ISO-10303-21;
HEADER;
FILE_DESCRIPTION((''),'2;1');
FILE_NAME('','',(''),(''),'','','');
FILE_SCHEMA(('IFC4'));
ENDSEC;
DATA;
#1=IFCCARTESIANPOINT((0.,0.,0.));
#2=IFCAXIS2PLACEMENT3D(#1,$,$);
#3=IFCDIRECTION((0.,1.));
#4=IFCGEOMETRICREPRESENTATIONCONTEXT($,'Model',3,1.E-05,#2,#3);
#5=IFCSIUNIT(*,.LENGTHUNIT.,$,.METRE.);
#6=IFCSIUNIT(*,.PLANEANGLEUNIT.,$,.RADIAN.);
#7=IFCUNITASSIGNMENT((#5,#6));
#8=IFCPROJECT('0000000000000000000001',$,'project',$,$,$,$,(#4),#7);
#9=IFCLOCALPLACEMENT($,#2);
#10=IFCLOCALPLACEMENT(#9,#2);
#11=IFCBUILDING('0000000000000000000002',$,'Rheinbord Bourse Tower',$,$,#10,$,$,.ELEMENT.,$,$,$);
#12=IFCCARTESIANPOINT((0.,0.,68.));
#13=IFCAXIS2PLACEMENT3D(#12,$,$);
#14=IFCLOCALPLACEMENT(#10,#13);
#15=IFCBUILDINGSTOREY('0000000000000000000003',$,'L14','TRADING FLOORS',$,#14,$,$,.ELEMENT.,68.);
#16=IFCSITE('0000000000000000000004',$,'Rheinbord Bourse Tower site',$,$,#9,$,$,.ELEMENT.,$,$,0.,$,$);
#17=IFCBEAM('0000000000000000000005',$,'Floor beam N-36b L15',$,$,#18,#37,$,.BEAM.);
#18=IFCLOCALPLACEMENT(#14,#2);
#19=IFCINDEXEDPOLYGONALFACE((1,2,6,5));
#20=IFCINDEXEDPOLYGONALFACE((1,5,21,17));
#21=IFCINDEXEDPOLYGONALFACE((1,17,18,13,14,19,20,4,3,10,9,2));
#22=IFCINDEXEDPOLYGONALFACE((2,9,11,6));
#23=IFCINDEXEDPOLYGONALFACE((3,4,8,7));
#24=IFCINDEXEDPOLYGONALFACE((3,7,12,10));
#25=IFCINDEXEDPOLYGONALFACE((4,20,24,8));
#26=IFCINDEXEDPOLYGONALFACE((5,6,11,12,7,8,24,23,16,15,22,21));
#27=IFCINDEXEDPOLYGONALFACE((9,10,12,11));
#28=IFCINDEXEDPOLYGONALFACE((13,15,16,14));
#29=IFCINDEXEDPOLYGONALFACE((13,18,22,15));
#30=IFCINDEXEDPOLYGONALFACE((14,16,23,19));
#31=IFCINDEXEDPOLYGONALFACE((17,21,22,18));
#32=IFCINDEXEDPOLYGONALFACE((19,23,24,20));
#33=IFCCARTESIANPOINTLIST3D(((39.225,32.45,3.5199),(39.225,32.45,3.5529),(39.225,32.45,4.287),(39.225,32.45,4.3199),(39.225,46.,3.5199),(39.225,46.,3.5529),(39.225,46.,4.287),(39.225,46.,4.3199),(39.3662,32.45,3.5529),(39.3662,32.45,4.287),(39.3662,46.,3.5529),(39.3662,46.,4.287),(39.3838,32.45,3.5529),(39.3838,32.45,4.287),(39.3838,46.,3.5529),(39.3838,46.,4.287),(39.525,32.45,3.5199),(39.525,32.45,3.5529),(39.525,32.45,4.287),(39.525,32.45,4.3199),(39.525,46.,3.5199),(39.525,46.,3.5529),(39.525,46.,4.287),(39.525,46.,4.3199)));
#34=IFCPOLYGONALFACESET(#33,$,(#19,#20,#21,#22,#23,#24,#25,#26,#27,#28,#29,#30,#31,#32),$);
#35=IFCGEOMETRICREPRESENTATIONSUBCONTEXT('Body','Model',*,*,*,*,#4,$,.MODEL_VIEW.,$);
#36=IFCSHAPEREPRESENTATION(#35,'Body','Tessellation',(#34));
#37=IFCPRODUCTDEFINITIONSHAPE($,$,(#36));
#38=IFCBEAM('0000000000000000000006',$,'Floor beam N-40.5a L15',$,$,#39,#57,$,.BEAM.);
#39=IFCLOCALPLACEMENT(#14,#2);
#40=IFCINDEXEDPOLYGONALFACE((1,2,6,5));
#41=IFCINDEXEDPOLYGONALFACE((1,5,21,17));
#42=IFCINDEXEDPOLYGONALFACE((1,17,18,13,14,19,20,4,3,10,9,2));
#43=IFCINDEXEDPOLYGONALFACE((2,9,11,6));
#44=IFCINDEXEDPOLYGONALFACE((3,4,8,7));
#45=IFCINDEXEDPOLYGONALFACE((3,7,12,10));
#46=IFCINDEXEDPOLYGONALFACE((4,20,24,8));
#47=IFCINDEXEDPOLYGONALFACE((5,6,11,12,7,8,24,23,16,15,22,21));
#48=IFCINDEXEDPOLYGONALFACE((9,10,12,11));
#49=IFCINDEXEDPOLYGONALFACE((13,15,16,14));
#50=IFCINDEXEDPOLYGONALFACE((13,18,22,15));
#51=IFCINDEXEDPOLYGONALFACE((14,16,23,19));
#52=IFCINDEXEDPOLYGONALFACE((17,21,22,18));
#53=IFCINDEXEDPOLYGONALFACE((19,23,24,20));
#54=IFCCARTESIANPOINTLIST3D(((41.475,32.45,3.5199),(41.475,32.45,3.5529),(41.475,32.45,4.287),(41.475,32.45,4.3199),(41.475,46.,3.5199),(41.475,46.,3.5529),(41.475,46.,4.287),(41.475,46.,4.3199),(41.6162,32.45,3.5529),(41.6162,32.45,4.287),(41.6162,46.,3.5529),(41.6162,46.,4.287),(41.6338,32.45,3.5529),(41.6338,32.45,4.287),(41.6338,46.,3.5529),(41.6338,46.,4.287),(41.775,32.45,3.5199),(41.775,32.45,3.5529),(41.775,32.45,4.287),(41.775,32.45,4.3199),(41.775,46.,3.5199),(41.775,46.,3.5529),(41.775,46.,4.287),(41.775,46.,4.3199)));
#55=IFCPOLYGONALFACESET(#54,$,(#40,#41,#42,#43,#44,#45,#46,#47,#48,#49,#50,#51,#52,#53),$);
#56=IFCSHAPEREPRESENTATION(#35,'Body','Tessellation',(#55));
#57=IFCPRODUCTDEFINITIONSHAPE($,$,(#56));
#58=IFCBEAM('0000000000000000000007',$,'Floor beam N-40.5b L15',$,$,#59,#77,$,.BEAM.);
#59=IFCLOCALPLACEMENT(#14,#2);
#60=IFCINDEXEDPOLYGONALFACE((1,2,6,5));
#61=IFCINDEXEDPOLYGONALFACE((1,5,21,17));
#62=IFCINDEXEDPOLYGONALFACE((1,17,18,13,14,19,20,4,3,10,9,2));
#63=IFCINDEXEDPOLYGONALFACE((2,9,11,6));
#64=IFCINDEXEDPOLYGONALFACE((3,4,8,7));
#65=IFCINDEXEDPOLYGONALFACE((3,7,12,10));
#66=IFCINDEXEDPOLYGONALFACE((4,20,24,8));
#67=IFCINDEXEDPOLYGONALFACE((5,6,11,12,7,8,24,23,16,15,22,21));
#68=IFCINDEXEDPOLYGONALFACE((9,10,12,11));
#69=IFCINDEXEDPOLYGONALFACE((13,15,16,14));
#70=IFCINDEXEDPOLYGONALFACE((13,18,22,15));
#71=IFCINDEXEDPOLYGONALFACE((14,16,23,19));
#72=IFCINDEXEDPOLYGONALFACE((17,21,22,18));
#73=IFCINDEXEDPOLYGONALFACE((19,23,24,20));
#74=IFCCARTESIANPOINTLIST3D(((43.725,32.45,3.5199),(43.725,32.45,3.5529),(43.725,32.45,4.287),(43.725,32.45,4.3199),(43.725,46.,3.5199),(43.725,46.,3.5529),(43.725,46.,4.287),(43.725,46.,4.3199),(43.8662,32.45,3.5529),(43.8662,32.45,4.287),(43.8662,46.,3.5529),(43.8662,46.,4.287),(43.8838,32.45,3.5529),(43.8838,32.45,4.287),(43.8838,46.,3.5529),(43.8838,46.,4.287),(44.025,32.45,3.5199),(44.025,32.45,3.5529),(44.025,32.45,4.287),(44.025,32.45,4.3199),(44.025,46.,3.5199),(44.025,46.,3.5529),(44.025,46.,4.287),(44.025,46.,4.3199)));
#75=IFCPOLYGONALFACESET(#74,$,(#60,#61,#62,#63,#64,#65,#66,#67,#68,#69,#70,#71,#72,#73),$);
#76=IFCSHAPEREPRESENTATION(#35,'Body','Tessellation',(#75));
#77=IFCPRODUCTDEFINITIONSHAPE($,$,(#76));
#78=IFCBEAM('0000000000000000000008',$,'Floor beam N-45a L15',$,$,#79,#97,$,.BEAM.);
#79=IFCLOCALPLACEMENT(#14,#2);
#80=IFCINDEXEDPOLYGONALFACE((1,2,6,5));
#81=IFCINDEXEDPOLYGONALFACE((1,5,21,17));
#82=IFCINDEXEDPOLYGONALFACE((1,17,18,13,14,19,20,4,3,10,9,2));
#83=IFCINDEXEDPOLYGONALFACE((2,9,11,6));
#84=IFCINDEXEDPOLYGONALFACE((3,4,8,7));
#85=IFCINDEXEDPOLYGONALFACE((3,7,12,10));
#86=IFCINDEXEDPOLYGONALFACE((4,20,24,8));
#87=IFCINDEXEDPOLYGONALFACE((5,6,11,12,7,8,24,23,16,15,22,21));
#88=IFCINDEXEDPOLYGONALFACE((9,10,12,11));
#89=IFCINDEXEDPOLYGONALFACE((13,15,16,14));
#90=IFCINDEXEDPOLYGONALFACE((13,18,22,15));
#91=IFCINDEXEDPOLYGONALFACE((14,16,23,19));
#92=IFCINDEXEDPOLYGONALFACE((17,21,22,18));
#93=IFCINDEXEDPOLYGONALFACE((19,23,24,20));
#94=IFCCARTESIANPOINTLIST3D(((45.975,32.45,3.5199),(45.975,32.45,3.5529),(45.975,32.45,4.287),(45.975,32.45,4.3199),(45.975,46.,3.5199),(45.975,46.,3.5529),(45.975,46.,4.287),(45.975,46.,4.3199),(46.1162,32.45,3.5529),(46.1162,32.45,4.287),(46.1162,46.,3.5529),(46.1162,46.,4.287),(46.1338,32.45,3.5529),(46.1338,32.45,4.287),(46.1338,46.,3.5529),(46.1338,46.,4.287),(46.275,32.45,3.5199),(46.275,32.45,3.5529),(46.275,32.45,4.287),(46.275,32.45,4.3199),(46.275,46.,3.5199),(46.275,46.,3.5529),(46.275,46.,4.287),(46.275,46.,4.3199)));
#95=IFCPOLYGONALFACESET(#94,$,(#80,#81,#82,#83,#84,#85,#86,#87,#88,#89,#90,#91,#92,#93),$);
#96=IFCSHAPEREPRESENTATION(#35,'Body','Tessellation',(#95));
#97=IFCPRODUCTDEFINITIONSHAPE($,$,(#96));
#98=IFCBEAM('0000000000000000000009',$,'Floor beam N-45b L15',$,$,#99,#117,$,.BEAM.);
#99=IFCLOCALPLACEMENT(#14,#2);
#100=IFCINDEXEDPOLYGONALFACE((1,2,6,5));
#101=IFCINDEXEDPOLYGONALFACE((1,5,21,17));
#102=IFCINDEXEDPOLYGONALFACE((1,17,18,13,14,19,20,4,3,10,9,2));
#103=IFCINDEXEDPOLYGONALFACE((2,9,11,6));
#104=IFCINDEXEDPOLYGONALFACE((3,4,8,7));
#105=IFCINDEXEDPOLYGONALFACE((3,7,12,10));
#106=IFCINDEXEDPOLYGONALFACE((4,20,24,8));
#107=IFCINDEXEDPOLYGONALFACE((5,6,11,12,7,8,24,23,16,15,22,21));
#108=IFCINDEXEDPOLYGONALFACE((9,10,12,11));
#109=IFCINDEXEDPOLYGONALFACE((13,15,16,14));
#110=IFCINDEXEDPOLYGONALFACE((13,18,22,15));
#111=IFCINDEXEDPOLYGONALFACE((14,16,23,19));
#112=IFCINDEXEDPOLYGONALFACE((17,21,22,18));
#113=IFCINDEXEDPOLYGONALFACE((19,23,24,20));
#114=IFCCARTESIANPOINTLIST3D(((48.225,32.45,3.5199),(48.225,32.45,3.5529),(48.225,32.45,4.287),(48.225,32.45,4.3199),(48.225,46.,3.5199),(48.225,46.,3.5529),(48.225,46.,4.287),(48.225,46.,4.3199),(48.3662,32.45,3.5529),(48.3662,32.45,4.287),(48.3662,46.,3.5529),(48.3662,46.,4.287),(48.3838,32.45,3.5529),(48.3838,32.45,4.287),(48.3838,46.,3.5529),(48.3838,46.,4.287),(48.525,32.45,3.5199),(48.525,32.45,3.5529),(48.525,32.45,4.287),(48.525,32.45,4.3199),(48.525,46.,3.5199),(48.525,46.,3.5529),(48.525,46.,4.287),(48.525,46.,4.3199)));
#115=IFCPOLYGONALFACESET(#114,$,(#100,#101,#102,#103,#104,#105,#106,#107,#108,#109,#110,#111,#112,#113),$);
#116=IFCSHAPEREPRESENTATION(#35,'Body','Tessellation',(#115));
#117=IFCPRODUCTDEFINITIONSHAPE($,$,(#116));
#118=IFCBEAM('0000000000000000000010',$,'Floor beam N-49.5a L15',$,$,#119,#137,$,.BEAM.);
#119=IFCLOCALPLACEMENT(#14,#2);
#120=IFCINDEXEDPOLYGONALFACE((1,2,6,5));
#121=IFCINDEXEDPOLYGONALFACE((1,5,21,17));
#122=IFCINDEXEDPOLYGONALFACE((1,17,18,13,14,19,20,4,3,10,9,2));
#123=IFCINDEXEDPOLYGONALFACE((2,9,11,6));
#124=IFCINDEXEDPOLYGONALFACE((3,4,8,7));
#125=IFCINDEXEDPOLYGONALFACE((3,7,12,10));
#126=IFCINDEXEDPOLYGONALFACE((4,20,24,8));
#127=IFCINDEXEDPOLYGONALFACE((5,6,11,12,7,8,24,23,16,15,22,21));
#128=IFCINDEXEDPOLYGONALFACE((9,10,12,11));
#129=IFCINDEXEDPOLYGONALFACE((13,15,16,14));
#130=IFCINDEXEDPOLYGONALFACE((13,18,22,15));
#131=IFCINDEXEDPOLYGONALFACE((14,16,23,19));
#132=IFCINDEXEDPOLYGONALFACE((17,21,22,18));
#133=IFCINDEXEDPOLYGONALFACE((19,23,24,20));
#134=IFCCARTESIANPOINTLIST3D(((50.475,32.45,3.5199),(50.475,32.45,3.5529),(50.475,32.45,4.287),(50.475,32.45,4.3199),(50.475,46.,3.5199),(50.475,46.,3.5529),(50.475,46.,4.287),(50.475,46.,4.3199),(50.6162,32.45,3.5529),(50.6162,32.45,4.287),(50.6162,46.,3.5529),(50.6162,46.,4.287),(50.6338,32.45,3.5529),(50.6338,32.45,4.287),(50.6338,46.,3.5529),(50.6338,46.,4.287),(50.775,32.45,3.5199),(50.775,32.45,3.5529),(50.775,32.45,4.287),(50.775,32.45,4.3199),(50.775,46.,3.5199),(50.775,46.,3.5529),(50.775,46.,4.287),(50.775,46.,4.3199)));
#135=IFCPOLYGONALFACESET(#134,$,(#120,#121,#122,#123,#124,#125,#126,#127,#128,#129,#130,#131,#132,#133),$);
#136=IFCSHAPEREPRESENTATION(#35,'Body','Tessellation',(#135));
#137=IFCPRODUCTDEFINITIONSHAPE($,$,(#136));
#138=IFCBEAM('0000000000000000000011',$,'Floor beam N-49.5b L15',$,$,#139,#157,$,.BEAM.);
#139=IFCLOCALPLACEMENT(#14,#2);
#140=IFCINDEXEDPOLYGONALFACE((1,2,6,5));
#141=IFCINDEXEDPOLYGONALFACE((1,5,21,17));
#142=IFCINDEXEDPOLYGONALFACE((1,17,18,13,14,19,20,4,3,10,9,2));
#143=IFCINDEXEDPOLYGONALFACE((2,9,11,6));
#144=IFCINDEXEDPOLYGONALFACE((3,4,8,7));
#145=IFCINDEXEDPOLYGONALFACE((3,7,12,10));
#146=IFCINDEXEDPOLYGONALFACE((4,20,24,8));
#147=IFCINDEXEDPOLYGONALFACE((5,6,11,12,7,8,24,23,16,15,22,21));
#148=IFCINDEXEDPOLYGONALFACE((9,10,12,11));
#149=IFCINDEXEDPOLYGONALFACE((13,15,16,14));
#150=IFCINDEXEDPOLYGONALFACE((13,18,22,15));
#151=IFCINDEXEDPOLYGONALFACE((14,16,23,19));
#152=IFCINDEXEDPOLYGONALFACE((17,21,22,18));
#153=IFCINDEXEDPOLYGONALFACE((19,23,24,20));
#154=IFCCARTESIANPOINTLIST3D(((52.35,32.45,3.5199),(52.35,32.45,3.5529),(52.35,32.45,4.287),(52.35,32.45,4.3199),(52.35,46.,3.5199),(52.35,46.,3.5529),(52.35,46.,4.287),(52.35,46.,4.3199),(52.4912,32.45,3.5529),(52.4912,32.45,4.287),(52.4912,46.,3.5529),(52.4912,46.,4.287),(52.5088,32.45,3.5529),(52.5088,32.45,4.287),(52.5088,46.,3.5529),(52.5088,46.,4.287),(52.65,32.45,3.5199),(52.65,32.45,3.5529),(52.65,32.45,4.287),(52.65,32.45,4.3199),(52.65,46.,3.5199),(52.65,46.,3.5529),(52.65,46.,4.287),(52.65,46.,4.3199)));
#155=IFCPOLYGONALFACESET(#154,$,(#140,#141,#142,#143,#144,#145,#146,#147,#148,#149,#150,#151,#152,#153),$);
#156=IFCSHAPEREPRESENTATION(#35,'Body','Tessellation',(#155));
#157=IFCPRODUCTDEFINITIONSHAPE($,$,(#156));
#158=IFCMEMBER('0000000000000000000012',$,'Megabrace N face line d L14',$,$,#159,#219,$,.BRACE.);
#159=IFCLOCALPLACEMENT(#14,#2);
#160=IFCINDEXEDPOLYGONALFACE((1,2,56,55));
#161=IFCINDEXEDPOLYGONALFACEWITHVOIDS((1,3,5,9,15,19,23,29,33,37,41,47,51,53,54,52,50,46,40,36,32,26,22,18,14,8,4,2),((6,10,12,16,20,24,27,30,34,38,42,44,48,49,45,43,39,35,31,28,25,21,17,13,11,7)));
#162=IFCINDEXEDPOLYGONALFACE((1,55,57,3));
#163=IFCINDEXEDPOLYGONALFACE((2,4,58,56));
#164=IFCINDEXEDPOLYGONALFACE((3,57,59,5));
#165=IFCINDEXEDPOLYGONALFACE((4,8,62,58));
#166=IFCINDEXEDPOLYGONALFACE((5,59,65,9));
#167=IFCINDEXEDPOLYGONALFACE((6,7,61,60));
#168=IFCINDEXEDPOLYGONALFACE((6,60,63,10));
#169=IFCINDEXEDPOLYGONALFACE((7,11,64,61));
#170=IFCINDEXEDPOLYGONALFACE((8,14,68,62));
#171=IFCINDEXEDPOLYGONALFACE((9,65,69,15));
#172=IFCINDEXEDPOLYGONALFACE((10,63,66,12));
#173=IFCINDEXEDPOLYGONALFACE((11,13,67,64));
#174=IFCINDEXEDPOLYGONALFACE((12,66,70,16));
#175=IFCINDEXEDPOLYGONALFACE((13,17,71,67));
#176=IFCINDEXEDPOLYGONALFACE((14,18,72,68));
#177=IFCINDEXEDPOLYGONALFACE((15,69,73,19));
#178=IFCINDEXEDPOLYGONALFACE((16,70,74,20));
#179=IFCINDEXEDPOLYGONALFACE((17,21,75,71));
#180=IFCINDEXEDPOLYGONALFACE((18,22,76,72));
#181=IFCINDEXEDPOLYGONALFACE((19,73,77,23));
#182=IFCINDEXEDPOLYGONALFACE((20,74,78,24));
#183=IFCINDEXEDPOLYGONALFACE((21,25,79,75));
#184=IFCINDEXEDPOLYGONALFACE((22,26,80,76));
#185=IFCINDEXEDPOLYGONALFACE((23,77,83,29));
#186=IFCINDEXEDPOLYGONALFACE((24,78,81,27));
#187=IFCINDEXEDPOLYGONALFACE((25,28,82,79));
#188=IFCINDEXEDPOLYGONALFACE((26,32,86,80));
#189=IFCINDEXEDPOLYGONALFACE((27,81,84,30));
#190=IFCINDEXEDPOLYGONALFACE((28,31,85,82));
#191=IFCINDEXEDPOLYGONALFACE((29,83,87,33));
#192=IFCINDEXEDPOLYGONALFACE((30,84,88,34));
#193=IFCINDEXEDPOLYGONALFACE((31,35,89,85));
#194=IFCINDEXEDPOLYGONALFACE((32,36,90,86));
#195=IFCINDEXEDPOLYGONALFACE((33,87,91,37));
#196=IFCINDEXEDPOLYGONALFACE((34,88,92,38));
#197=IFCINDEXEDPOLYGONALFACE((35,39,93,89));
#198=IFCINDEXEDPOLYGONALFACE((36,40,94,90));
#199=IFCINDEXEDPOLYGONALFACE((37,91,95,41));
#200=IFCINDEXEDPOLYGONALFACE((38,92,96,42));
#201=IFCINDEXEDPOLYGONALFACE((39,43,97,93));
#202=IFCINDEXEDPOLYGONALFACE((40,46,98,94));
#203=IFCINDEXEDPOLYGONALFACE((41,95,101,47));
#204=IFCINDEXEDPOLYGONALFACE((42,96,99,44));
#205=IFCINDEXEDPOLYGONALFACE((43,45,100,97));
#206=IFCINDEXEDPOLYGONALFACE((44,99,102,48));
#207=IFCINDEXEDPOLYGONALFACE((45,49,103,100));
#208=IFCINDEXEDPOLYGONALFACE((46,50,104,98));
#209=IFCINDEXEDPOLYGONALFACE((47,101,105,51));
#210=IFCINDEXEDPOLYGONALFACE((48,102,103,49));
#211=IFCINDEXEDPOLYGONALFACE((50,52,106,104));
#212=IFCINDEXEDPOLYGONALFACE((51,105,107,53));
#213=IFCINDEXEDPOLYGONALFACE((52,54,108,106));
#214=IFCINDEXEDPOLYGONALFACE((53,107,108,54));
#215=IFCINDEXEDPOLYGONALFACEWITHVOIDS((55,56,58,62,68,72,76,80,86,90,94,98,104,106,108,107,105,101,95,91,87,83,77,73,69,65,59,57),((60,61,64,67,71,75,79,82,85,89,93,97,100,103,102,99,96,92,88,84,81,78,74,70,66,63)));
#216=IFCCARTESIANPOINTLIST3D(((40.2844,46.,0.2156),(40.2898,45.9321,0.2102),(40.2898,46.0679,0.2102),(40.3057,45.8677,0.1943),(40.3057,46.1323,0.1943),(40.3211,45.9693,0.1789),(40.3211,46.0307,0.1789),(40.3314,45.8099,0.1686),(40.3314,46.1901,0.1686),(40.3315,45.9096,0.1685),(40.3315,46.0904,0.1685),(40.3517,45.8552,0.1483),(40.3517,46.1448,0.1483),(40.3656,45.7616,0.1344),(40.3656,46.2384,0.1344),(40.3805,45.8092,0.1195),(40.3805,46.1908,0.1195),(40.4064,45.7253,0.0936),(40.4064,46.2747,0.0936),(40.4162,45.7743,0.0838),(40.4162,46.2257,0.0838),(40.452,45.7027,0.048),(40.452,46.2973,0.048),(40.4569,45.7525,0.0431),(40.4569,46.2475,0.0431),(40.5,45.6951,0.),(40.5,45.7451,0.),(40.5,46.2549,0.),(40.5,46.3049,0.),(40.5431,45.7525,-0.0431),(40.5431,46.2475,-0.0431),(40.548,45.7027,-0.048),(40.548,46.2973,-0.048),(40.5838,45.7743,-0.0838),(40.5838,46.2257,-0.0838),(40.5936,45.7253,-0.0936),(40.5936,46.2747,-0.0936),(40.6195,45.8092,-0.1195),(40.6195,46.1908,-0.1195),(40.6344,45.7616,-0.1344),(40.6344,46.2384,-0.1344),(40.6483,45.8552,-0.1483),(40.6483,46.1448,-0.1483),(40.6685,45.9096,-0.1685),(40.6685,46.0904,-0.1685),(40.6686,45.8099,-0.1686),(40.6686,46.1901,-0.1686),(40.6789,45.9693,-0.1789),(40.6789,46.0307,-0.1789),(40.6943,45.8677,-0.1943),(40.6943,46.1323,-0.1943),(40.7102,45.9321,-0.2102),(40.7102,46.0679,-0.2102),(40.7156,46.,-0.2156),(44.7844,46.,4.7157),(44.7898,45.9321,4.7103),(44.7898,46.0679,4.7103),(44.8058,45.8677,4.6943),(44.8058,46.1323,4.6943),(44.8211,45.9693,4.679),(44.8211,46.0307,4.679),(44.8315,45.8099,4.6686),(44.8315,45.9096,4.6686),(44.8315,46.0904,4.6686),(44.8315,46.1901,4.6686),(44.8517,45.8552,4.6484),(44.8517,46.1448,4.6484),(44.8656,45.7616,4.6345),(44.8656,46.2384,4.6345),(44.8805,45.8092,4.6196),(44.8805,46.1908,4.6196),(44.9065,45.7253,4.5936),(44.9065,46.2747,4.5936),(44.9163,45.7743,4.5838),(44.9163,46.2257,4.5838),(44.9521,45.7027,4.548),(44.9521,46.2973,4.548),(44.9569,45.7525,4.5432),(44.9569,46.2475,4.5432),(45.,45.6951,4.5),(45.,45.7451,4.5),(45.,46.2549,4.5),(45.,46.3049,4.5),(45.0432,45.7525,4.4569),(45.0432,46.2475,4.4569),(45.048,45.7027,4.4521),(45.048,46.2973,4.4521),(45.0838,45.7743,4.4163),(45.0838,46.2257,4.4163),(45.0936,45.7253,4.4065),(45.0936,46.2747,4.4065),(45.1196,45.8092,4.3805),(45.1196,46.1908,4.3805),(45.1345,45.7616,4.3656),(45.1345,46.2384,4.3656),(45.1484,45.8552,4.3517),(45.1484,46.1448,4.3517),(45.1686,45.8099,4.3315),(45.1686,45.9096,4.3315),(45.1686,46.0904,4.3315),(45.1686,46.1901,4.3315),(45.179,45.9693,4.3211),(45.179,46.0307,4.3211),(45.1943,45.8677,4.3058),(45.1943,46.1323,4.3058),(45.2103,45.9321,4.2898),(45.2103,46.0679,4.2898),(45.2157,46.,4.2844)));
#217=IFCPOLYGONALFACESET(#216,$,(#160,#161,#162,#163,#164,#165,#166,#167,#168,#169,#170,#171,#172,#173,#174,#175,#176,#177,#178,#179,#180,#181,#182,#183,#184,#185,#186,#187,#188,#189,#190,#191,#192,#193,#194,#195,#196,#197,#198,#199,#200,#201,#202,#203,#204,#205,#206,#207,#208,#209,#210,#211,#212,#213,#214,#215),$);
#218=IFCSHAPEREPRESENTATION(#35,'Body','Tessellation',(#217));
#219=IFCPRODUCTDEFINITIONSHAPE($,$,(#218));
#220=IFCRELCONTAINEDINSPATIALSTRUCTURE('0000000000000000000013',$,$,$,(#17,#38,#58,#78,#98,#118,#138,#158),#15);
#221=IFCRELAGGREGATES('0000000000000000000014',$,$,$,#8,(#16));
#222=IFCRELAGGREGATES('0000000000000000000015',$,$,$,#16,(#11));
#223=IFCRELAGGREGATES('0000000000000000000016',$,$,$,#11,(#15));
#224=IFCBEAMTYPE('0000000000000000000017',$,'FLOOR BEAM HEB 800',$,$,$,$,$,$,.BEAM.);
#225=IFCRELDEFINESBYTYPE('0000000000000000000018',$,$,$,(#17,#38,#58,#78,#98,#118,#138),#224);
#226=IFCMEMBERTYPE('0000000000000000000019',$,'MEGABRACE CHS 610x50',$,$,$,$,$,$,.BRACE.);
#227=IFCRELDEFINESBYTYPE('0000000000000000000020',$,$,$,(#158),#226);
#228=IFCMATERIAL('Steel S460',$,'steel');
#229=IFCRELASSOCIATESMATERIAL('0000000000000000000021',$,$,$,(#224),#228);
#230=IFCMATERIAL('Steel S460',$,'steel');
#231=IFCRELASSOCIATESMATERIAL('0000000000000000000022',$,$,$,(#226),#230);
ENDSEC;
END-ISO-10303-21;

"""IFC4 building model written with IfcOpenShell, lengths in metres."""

from ifc_helpers import new_model, si_unit, direction, frame, origin, origin_2d, place, context, subcontext, project, spatial, hollow_circle, i_section, extrude, material, material_profile, profile_set, type_object, element, save


model = new_model("IFC4")

# Units and contexts
model_context = context("Model", 3, precision=1e-05, world=origin(), true_north=direction((0.0, 1.0)))
body_context = subcontext(model_context, "Body", "Model", "MODEL_VIEW")
ifc_project = project(units=[si_unit("LENGTHUNIT", "METRE"), si_unit("PLANEANGLEUNIT", "RADIAN")], contexts=[model_context])

# Site, building, storey
site_placement = place(None, origin())
site = spatial("IfcSite", under=ifc_project, at=site_placement, Name="Rheinbord Bourse Tower site", CompositionType="ELEMENT", RefElevation=0.0)
building_placement = place(site_placement, origin())
building = spatial("IfcBuilding", under=site, at=building_placement, Name="Rheinbord Bourse Tower", CompositionType="ELEMENT")
storey_placement = place(building_placement, frame((0.0, 0.0, 68.0)))
storey = spatial("IfcBuildingStorey", under=building, at=storey_placement, Name="L14", Description="TRADING FLOORS", CompositionType="ELEMENT", Elevation=68.0)

# Beams
ifc_material_1 = material(Name="Steel S460", Category="steel")
ifc_material_profile_1 = material_profile(ifc_material_1, i_section(OverallWidth=0.3, OverallDepth=0.8, WebThickness=0.0176, FlangeThickness=0.033, at=origin_2d()), Name="HEB 800")
ifc_profile_set_1 = profile_set([ifc_material_profile_1], Name="Steel S460")
beam_type_1 = type_object("IfcBeamType", Name="FLOOR BEAM HEB 800", PredefinedType="BEAM", material=ifc_profile_set_1)
for number, where, z_axis, x_axis, name in (
    (1, (39.375, 46.0, 3.9199), (0.0, -1.0, 0.0), (1.0, 0.0, 0.0), "Floor beam N-36b L15"),
    (2, (41.625, 46.0, 3.9199), (0.0, -1.0, 0.0), (1.0, 0.0, 0.0), "Floor beam N-40.5a L15"),
    (3, (43.875, 46.0, 3.9199), (0.0, -1.0, 0.0), (1.0, 0.0, 0.0), "Floor beam N-40.5b L15"),
    (4, (46.125, 46.0, 3.9199), (0.0, -1.0, 0.0), (1.0, 0.0, 0.0), "Floor beam N-45a L15"),
    (5, (48.375, 46.0, 3.9199), (0.0, -1.0, 0.0), (1.0, 0.0, 0.0), "Floor beam N-45b L15"),
    (6, (50.625, 46.0, 3.9199), (0.0, -1.0, 0.0), (1.0, 0.0, 0.0), "Floor beam N-49.5a L15"),
    (7, (52.5, 46.0, 3.9199), (0.0, -1.0, 0.0), (1.0, 0.0, 0.0), "Floor beam N-49.5b L15"),
):
    element("IfcBeam", number, at=place(storey_placement, frame(where, z_axis=z_axis, x_axis=x_axis)), inside=storey, type_object=beam_type_1, Name=name, PredefinedType="BEAM", context=body_context, shape_type="SweptSolid", body=[
        extrude(i_section(OverallWidth=0.3, OverallDepth=0.8, WebThickness=0.0176, FlangeThickness=0.033, at=origin_2d()), origin(), (0.0, 0.0, 1.0), 13.55),
    ])

# Member
ifc_material_2 = material(Name="Steel S460", Category="steel")
ifc_material_profile_2 = material_profile(ifc_material_2, hollow_circle(Radius=0.3049, WallThickness=0.05, at=origin_2d()), Name="CHS 610x50")
ifc_profile_set_2 = profile_set([ifc_material_profile_2], Name="Steel S460")
member_type_1 = type_object("IfcMemberType", Name="MEGABRACE CHS 610x50", PredefinedType="BRACE", material=ifc_profile_set_2)
member_1_placement = place(storey_placement, frame((40.5, 46.0, 0.0), z_axis=(0.707107, 0.0, 0.707107), x_axis=(0.0, 1.0, 0.0)))
element("IfcMember", 8, at=member_1_placement, inside=storey, type_object=member_type_1, Name="Megabrace N face line d L14", PredefinedType="BRACE", context=body_context, shape_type="SweptSolid", body=[
    extrude(hollow_circle(Radius=0.3049, WallThickness=0.05, at=origin_2d()), origin(), (0.0, 0.0, 1.0), 6.364),
])

save(model, "model.ifc")
